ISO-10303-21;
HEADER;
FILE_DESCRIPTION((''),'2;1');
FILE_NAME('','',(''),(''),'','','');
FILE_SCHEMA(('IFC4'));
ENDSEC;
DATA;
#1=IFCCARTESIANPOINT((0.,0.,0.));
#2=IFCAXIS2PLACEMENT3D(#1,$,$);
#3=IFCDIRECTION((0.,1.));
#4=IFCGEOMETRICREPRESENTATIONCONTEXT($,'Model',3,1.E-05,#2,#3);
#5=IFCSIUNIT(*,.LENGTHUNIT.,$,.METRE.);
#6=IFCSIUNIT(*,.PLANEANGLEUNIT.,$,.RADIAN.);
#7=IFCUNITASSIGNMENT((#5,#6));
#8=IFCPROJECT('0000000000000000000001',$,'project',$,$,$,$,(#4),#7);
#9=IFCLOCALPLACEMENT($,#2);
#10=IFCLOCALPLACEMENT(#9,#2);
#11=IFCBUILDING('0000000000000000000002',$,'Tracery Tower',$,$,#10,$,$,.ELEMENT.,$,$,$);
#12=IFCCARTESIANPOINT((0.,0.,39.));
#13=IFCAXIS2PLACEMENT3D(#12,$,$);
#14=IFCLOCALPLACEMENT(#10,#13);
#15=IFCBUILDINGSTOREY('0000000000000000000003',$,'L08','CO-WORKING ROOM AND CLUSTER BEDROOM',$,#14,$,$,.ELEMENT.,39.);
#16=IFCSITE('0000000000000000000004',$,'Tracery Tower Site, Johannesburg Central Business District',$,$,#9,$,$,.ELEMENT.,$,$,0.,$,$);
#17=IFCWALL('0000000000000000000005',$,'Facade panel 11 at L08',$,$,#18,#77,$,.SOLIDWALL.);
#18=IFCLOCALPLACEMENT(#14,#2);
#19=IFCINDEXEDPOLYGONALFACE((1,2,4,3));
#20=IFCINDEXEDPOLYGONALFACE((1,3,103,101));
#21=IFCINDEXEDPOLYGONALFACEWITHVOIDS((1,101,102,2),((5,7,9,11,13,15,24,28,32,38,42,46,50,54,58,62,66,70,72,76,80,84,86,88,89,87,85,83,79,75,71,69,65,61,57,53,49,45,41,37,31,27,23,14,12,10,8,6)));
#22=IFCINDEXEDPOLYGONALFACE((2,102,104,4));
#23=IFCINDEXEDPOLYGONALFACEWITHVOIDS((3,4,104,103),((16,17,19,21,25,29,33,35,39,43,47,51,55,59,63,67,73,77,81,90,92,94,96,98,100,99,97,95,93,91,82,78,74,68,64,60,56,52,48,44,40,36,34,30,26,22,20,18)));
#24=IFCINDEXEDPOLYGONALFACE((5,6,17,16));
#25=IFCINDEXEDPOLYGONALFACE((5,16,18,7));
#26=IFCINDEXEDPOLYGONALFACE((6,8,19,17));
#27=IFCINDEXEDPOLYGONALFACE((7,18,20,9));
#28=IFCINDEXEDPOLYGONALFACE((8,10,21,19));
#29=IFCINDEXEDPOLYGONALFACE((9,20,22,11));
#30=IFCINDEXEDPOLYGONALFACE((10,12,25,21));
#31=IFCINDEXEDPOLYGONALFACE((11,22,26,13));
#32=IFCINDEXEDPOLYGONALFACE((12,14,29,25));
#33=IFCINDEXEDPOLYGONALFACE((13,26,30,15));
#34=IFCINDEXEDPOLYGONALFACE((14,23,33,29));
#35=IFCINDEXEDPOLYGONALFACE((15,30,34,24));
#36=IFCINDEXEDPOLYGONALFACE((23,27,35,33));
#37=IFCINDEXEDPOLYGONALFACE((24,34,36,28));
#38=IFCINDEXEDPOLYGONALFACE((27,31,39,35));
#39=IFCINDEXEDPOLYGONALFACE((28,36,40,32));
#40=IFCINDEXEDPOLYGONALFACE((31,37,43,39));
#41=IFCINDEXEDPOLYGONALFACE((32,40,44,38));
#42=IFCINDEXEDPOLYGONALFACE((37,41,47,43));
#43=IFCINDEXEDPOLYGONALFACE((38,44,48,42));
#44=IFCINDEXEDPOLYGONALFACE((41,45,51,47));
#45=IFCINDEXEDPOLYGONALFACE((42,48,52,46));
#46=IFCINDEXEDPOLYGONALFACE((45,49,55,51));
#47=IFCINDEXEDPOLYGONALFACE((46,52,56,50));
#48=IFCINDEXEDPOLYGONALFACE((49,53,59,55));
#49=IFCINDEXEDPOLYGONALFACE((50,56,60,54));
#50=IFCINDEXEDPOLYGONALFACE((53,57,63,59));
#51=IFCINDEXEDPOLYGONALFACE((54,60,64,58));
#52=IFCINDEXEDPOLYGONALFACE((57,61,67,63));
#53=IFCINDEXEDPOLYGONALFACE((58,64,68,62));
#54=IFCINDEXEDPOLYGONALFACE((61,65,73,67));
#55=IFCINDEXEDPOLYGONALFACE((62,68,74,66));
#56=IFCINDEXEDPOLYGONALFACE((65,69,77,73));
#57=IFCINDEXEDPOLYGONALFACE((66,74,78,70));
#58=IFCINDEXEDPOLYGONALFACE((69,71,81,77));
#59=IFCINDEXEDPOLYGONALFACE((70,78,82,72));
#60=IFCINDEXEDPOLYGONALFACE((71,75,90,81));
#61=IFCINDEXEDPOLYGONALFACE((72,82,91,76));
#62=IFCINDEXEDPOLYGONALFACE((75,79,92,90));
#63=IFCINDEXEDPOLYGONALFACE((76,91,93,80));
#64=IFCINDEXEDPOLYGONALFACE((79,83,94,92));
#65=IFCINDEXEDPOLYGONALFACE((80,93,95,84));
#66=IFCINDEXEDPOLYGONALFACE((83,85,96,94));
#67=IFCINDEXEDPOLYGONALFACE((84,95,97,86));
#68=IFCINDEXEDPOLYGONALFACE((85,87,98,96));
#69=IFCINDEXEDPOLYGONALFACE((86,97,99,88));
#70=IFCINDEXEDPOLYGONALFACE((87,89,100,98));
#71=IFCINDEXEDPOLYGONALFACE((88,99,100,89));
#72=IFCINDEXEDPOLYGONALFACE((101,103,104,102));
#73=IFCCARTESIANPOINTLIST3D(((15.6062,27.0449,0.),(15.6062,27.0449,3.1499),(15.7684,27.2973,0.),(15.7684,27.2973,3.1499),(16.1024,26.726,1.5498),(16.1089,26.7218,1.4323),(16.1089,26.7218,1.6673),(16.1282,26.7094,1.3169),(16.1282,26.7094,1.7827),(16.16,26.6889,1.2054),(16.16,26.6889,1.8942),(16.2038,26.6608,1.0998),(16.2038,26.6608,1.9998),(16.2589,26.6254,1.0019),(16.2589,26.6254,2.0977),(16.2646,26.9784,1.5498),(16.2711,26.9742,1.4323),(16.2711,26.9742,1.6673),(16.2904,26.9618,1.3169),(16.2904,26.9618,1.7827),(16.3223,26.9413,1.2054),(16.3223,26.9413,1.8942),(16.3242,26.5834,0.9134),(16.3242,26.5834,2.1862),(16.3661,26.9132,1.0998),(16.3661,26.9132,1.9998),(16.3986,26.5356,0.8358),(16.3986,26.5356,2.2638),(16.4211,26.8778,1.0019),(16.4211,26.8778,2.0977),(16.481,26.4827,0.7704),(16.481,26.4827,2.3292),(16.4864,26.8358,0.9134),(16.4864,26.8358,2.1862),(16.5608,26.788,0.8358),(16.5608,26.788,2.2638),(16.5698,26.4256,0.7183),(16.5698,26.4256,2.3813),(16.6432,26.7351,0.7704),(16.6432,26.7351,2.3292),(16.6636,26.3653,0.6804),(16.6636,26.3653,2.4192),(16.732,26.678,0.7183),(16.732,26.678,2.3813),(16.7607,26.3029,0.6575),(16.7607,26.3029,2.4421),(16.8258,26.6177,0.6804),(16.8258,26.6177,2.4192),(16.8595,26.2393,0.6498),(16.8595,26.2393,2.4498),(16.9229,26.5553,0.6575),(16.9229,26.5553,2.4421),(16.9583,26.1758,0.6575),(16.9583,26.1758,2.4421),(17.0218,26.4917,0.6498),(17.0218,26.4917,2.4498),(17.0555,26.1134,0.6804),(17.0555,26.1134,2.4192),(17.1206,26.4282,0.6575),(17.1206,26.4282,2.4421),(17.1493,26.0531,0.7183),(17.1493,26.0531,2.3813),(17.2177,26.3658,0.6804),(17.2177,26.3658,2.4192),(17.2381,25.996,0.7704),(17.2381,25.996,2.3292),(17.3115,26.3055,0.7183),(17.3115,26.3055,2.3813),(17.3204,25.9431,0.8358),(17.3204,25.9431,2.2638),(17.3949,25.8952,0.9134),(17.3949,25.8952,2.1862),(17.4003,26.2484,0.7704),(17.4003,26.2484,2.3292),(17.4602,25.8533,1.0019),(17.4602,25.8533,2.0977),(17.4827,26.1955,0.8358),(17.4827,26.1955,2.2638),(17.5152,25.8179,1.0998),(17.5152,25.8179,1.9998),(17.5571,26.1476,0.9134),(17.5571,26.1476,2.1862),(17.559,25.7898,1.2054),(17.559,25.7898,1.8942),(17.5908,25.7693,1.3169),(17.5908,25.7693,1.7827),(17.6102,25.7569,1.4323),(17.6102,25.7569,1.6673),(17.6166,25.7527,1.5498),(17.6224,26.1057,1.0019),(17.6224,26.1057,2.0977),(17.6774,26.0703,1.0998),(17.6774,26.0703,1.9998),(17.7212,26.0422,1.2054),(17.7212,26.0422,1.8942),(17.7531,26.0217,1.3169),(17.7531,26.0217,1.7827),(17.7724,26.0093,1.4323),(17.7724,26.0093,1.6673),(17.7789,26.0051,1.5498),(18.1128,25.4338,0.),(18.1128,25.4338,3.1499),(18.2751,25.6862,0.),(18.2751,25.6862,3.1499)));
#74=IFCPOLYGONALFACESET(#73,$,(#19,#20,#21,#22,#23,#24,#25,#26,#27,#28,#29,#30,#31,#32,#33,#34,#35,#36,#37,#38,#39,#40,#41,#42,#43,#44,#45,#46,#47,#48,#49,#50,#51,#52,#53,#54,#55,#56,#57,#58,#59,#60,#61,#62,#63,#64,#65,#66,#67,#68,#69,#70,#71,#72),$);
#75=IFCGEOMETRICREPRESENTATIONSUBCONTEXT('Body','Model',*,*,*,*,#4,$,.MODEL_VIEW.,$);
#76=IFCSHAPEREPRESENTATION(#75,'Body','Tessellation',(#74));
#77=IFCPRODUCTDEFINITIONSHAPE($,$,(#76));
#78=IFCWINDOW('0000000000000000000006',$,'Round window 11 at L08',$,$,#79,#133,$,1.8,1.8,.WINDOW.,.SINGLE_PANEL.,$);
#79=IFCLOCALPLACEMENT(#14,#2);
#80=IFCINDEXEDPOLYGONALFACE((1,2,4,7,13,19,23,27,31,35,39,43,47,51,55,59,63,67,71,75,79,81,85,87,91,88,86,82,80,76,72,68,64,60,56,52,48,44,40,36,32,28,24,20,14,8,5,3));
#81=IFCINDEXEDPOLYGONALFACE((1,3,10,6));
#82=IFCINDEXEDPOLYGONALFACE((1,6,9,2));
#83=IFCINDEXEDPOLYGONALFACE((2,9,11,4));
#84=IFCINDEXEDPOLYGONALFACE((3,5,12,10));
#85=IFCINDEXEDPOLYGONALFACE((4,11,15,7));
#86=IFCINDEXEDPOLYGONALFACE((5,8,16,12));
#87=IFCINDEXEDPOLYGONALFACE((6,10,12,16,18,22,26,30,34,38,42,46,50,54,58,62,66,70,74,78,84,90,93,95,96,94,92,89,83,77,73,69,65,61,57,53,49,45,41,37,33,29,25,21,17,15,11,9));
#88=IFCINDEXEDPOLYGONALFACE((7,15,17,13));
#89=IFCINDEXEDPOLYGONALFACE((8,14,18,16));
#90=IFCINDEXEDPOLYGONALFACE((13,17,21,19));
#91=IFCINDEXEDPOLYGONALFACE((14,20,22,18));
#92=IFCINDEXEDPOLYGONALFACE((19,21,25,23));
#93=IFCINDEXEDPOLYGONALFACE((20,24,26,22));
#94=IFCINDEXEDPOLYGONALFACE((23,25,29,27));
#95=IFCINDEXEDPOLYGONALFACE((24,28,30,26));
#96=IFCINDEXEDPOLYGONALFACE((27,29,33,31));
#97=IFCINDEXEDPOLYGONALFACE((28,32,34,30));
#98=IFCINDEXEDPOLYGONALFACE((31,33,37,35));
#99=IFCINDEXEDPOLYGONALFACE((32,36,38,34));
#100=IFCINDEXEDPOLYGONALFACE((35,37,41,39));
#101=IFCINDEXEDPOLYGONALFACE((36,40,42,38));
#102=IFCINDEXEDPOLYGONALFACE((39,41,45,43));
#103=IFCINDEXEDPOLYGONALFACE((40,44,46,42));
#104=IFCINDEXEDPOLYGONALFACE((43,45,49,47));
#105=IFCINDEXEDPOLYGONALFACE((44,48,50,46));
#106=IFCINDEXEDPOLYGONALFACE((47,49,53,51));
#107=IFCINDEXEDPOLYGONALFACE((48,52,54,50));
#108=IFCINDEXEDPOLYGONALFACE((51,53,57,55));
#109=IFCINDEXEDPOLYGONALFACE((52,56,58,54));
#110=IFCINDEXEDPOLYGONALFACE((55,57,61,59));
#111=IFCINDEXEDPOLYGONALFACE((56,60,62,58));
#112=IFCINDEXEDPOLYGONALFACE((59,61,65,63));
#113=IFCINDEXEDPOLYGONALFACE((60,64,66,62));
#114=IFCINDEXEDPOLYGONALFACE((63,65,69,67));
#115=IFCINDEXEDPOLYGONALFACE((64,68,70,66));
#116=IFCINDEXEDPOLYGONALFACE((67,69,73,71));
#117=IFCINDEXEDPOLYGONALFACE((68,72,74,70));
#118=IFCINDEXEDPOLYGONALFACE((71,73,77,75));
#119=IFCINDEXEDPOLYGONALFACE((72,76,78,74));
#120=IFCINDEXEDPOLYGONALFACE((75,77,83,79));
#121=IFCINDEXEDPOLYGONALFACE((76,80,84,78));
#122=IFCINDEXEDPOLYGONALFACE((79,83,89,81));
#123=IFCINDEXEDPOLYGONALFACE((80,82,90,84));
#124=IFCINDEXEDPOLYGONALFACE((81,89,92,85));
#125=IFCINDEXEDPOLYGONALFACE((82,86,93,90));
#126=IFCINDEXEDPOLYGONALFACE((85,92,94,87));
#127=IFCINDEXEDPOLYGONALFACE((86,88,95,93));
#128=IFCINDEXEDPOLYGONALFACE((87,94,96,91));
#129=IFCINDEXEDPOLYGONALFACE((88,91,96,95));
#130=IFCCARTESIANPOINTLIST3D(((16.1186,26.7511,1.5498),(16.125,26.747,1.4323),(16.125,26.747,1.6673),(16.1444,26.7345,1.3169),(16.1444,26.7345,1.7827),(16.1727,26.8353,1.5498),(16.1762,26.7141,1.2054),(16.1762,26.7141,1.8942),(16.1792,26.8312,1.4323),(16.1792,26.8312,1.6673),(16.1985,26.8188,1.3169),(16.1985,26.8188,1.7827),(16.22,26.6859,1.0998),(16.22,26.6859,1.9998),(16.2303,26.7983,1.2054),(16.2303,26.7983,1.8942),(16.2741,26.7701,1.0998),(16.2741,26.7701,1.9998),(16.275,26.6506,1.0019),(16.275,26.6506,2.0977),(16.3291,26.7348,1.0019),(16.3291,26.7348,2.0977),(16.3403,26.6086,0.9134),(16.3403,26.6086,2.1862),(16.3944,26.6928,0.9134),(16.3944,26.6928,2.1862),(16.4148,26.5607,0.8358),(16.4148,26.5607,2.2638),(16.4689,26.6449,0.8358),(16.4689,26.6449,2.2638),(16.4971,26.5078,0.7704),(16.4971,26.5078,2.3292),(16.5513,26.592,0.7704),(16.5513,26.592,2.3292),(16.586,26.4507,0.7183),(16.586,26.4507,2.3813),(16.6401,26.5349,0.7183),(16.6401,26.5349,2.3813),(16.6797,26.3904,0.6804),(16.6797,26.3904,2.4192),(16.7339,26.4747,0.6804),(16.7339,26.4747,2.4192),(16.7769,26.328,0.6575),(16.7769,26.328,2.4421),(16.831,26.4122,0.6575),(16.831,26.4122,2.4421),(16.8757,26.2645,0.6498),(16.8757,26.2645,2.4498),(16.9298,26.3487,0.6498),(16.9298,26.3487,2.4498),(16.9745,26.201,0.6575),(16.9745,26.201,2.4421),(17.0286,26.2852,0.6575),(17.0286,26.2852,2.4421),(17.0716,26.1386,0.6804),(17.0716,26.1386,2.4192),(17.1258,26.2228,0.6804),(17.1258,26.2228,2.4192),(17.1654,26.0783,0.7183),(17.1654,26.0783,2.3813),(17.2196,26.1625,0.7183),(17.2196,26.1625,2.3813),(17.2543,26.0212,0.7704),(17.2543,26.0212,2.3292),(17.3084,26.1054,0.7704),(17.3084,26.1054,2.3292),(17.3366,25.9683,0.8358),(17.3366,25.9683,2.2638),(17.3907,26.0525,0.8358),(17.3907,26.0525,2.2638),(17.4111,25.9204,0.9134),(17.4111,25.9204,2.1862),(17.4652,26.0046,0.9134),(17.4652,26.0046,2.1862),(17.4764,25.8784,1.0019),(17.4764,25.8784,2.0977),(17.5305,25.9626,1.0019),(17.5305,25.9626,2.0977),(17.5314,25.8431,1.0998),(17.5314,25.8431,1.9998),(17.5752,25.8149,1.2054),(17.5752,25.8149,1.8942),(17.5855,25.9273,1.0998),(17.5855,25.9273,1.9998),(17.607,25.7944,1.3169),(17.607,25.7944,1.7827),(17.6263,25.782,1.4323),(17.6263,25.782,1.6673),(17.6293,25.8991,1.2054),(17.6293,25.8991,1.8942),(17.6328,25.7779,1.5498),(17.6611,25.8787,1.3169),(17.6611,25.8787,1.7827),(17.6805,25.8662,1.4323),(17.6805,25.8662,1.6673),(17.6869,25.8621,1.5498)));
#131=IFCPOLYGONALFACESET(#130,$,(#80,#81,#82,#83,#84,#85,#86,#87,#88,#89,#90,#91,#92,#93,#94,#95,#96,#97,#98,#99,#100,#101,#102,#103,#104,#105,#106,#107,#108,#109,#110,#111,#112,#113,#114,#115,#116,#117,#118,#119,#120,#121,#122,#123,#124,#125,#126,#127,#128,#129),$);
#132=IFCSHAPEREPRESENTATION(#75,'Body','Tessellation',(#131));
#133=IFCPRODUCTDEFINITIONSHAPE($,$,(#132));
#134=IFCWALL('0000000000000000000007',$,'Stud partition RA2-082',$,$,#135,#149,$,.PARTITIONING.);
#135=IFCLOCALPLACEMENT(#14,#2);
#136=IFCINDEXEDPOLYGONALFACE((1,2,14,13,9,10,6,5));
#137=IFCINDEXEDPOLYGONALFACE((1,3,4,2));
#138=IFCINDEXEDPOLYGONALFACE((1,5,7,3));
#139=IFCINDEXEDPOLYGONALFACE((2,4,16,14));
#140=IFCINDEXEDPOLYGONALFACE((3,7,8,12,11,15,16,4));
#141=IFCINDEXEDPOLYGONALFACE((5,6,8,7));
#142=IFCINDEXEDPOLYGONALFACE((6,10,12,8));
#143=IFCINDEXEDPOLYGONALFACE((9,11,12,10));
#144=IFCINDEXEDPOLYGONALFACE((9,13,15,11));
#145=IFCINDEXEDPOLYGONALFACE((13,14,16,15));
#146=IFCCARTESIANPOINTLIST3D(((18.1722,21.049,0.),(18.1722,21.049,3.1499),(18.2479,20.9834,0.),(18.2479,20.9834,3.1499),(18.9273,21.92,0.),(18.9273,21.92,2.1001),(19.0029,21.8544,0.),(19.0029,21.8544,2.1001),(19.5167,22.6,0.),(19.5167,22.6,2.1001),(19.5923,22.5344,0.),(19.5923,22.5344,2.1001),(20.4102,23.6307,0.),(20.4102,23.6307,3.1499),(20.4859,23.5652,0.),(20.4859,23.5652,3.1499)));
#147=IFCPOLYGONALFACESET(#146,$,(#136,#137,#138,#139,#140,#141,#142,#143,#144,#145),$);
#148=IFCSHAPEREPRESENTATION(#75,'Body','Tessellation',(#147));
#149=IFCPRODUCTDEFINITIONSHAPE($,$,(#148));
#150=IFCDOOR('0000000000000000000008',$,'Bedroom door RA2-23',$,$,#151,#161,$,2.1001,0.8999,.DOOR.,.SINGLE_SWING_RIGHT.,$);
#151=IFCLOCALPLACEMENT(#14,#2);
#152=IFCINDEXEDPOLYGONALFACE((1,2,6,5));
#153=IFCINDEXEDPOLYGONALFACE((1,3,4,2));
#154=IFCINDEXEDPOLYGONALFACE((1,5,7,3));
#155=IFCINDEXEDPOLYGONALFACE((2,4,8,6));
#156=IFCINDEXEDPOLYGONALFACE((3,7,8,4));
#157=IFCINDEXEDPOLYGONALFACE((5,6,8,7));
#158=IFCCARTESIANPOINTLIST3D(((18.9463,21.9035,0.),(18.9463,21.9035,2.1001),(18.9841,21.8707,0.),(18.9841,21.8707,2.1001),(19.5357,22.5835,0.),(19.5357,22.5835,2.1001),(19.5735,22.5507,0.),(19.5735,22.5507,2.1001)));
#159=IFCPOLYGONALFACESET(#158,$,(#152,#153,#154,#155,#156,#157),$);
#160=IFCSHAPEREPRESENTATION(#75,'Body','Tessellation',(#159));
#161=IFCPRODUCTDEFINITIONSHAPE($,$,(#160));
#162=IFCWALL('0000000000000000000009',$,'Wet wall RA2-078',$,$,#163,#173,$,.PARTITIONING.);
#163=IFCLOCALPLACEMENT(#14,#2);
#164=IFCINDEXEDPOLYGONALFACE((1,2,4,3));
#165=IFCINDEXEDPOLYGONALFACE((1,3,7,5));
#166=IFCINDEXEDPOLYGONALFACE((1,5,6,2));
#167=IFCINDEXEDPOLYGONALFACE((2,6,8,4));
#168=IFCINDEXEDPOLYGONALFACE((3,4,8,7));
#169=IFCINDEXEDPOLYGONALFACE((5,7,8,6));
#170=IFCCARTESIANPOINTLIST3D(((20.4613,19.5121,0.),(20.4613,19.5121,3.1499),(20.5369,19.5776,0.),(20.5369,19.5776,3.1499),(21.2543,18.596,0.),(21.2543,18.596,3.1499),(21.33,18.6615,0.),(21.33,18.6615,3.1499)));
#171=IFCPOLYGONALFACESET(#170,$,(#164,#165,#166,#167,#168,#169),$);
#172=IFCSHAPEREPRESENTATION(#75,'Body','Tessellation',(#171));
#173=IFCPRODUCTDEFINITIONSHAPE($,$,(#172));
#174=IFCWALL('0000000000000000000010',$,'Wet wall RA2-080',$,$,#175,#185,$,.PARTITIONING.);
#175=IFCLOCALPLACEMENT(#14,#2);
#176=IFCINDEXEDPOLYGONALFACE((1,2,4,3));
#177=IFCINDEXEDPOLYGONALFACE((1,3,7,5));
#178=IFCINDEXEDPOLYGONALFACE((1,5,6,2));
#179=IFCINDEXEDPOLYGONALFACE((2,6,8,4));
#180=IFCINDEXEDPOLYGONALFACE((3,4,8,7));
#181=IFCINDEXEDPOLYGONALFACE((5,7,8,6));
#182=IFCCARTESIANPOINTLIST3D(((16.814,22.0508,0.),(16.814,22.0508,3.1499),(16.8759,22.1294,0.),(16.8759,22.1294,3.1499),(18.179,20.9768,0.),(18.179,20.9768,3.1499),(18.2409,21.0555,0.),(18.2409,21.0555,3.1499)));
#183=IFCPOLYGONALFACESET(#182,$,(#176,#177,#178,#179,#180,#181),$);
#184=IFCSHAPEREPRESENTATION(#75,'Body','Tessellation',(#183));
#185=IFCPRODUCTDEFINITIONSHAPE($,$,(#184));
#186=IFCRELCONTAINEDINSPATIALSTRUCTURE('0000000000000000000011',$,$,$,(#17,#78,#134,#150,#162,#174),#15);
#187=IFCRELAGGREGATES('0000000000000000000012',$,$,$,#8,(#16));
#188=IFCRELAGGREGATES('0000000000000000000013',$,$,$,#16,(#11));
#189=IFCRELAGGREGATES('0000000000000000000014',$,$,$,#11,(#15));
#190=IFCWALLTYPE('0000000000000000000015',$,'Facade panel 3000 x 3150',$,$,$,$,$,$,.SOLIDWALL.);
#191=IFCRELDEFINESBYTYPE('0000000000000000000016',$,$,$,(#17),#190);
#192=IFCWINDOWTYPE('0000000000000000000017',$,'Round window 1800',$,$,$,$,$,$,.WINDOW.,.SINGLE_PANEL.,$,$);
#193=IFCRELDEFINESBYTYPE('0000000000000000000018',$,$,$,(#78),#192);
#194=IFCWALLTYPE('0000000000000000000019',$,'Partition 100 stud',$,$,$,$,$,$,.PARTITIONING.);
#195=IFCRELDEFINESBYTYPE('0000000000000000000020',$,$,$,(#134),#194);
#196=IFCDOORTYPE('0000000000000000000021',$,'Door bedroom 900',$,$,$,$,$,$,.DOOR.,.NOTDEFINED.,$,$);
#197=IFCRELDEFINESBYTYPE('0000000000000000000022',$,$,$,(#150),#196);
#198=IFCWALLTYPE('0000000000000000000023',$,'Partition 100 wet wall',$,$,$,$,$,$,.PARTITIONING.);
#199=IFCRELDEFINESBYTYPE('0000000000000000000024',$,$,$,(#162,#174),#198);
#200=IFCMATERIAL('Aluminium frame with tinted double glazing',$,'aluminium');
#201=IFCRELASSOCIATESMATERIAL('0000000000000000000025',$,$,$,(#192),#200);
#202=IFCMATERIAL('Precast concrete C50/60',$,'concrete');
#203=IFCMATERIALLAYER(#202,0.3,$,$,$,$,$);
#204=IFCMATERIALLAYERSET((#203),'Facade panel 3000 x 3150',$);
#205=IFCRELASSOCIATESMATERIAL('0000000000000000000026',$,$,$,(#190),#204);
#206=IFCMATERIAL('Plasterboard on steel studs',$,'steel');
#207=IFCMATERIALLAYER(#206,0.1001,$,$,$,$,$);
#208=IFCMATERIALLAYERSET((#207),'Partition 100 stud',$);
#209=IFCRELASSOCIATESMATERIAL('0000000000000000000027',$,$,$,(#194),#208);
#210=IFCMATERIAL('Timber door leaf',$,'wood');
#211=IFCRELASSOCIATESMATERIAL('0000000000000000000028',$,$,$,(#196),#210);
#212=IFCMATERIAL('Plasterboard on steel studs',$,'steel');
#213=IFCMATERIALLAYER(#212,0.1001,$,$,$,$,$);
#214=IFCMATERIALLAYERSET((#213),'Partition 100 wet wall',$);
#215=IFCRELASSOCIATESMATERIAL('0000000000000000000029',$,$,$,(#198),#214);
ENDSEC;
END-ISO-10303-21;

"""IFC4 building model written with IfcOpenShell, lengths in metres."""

from ifc_helpers import new_model, si_unit, direction, frame, frame_2d, origin, origin_2d, place, context, subcontext, project, spatial, rectangle, circle, extrude, material, layer, layer_set, type_object, element, fill, save


model = new_model("IFC4")

# Units and contexts
model_context = context("Model", 3, precision=1e-05, world=origin(), true_north=direction((0.0, 1.0)))
body_context = subcontext(model_context, "Body", "Model", "MODEL_VIEW")
ifc_project = project(units=[si_unit("LENGTHUNIT", "METRE"), si_unit("PLANEANGLEUNIT", "RADIAN")], contexts=[model_context])

# Site, building, storey
site_placement = place(None, origin())
site = spatial("IfcSite", under=ifc_project, at=site_placement, Name="Tracery Tower Site, Johannesburg Central Business District", CompositionType="ELEMENT", RefElevation=0.0)
building_placement = place(site_placement, origin())
building = spatial("IfcBuilding", under=site, at=building_placement, Name="Tracery Tower", CompositionType="ELEMENT")
storey_placement = place(building_placement, frame((0.0, 0.0, 39.0)))
storey = spatial("IfcBuildingStorey", under=building, at=storey_placement, Name="L08", Description="CO-WORKING ROOM AND CLUSTER BEDROOM", CompositionType="ELEMENT", Elevation=39.0)

# Wall, opening, window
ifc_material_1 = material(Name="Aluminium frame with tinted double glazing", Category="aluminium")
window_type = type_object("IfcWindowType", Name="Round window 1800", PartitioningType="SINGLE_PANEL", PredefinedType="WINDOW", material=ifc_material_1)
ifc_material_2 = material(Name="Precast concrete C50/60", Category="concrete")
ifc_layer_1 = layer(ifc_material_2, 0.3)
ifc_layer_set_1 = layer_set([ifc_layer_1], Name="Facade panel 3000 x 3150")
wall_type_1 = type_object("IfcWallType", Name="Facade panel 3000 x 3150", PredefinedType="SOLIDWALL", material=ifc_layer_set_1)
wall_1_placement = place(storey_placement, frame((18.1938, 25.5601, 0.0), z_axis=(0.0, 0.0, 1.0), x_axis=(-0.841224, 0.540687, 0.0)))
wall_1 = element("IfcWall", 1, at=wall_1_placement, inside=storey, type_object=wall_type_1, Name="Facade panel 11 at L08", PredefinedType="SOLIDWALL", context=body_context, shape_type="SweptSolid", body=[
    extrude(rectangle(XDim=2.9797, YDim=0.3, at=frame_2d((1.4897, 0.0))), origin(), (0.0, 0.0, 1.0), 3.1499),
])
opening_1_placement = place(wall_1_placement, frame((1.4897, 0.0, 1.5498)))
opening_1 = element("IfcOpeningElement", 2, at=opening_1_placement, cuts=wall_1, PredefinedType="OPENING", context=body_context, shape_type="SweptSolid", body=[
    extrude(circle(Radius=0.9, at=origin_2d()), frame((0.0, 0.1599, 0.0), z_axis=(0.0, -1.0, 0.0), x_axis=(1.0, 0.0, 0.0)), (0.0, 0.0, 1.0), 0.3201),
])
window_1_placement = place(opening_1_placement, origin())
window_1 = element("IfcWindow", 3, at=window_1_placement, inside=storey, type_object=window_type, Name="Round window 11 at L08", OverallHeight=1.8, OverallWidth=1.8, PartitioningType="SINGLE_PANEL", PredefinedType="WINDOW", context=body_context, shape_type="SweptSolid", body=[
    extrude(circle(Radius=0.9, at=origin_2d()), frame((0.0, 0.1201, 0.0), z_axis=(0.0, -1.0, 0.0), x_axis=(1.0, 0.0, 0.0)), (0.0, 0.0, 1.0), 0.1001),
])
fill(opening_1, window_1)

# Wall, opening, door
ifc_material_3 = material(Name="Plasterboard on steel studs", Category="steel")
ifc_layer_2 = layer(ifc_material_3, 0.1001)
ifc_layer_set_2 = layer_set([ifc_layer_2], Name="Partition 100 stud")
wall_type_2 = type_object("IfcWallType", Name="Partition 100 stud", PredefinedType="PARTITIONING", material=ifc_layer_set_2)
wall_2_placement = place(storey_placement, frame((18.21, 21.0161, 0.0), z_axis=(0.0, 0.0, 1.0), x_axis=(0.655012, 0.755618, 0.0)))
wall_2 = element("IfcWall", 4, at=wall_2_placement, inside=storey, type_object=wall_type_2, Name="Stud partition RA2-082", PredefinedType="PARTITIONING", context=body_context, shape_type="SweptSolid", body=[
    extrude(rectangle(XDim=3.4167, YDim=0.1001, at=frame_2d((1.7085, 0.0))), origin(), (0.0, 0.0, 1.0), 3.1499),
])
opening_2_placement = place(wall_2_placement, frame((1.1528, 0.0, 0.0)))
opening_2 = element("IfcOpeningElement", 5, at=opening_2_placement, cuts=wall_2, PredefinedType="OPENING", context=body_context, shape_type="SweptSolid", body=[
    extrude(rectangle(XDim=0.8999, YDim=2.1001, at=frame_2d((0.45, 1.05))), frame((0.0, 0.05, 0.0), z_axis=(0.0, -1.0, 0.0), x_axis=(1.0, 0.0, 0.0)), (0.0, 0.0, 1.0), 0.1001),
])
ifc_material_4 = material(Name="Timber door leaf", Category="wood")
door_type = type_object("IfcDoorType", Name="Door bedroom 900", OperationType="NOTDEFINED", PredefinedType="DOOR", material=ifc_material_4)
door_placement = place(opening_2_placement, origin())
door = element("IfcDoor", 6, at=door_placement, inside=storey, type_object=door_type, Name="Bedroom door RA2-23", OperationType="SINGLE_SWING_RIGHT", OverallHeight=2.1001, OverallWidth=0.8999, PredefinedType="DOOR", context=body_context, shape_type="SweptSolid", body=[
    extrude(rectangle(XDim=0.8999, YDim=2.1001, at=frame_2d((0.45, 1.05))), frame((0.0, 0.0249, 0.0), z_axis=(0.0, -1.0, 0.0), x_axis=(1.0, 0.0, 0.0)), (0.0, 0.0, 1.0), 0.05),
])
fill(opening_2, door)

# Walls
ifc_material_5 = material(Name="Plasterboard on steel studs", Category="steel")
ifc_layer_3 = layer(ifc_material_5, 0.1001)
ifc_layer_set_3 = layer_set([ifc_layer_3], Name="Partition 100 wet wall")
wall_type_3 = type_object("IfcWallType", Name="Partition 100 wet wall", PredefinedType="PARTITIONING", material=ifc_layer_set_3)
wall_3_placement = place(storey_placement, frame((20.499, 19.5449, 0.0), z_axis=(0.0, 0.0, 1.0), x_axis=(0.654501, -0.756061, 0.0)))
element("IfcWall", 7, at=wall_3_placement, inside=storey, type_object=wall_type_3, Name="Wet wall RA2-078", PredefinedType="PARTITIONING", context=body_context, shape_type="SweptSolid", body=[
    extrude(rectangle(XDim=1.2117, YDim=0.1001, at=frame_2d((0.606, 0.0))), origin(), (0.0, 0.0, 1.0), 3.1499),
])
wall_4_placement = place(storey_placement, frame((16.845, 22.0901, 0.0), z_axis=(0.0, 0.0, 1.0), x_axis=(0.785904, -0.618349, 0.0)))
element("IfcWall", 8, at=wall_4_placement, inside=storey, type_object=wall_type_3, Name="Wet wall RA2-080", PredefinedType="PARTITIONING", context=body_context, shape_type="SweptSolid", body=[
    extrude(rectangle(XDim=1.7368, YDim=0.1001, at=frame_2d((0.8684, 0.0))), origin(), (0.0, 0.0, 1.0), 3.1499),
])

save(model, "model.ifc")
